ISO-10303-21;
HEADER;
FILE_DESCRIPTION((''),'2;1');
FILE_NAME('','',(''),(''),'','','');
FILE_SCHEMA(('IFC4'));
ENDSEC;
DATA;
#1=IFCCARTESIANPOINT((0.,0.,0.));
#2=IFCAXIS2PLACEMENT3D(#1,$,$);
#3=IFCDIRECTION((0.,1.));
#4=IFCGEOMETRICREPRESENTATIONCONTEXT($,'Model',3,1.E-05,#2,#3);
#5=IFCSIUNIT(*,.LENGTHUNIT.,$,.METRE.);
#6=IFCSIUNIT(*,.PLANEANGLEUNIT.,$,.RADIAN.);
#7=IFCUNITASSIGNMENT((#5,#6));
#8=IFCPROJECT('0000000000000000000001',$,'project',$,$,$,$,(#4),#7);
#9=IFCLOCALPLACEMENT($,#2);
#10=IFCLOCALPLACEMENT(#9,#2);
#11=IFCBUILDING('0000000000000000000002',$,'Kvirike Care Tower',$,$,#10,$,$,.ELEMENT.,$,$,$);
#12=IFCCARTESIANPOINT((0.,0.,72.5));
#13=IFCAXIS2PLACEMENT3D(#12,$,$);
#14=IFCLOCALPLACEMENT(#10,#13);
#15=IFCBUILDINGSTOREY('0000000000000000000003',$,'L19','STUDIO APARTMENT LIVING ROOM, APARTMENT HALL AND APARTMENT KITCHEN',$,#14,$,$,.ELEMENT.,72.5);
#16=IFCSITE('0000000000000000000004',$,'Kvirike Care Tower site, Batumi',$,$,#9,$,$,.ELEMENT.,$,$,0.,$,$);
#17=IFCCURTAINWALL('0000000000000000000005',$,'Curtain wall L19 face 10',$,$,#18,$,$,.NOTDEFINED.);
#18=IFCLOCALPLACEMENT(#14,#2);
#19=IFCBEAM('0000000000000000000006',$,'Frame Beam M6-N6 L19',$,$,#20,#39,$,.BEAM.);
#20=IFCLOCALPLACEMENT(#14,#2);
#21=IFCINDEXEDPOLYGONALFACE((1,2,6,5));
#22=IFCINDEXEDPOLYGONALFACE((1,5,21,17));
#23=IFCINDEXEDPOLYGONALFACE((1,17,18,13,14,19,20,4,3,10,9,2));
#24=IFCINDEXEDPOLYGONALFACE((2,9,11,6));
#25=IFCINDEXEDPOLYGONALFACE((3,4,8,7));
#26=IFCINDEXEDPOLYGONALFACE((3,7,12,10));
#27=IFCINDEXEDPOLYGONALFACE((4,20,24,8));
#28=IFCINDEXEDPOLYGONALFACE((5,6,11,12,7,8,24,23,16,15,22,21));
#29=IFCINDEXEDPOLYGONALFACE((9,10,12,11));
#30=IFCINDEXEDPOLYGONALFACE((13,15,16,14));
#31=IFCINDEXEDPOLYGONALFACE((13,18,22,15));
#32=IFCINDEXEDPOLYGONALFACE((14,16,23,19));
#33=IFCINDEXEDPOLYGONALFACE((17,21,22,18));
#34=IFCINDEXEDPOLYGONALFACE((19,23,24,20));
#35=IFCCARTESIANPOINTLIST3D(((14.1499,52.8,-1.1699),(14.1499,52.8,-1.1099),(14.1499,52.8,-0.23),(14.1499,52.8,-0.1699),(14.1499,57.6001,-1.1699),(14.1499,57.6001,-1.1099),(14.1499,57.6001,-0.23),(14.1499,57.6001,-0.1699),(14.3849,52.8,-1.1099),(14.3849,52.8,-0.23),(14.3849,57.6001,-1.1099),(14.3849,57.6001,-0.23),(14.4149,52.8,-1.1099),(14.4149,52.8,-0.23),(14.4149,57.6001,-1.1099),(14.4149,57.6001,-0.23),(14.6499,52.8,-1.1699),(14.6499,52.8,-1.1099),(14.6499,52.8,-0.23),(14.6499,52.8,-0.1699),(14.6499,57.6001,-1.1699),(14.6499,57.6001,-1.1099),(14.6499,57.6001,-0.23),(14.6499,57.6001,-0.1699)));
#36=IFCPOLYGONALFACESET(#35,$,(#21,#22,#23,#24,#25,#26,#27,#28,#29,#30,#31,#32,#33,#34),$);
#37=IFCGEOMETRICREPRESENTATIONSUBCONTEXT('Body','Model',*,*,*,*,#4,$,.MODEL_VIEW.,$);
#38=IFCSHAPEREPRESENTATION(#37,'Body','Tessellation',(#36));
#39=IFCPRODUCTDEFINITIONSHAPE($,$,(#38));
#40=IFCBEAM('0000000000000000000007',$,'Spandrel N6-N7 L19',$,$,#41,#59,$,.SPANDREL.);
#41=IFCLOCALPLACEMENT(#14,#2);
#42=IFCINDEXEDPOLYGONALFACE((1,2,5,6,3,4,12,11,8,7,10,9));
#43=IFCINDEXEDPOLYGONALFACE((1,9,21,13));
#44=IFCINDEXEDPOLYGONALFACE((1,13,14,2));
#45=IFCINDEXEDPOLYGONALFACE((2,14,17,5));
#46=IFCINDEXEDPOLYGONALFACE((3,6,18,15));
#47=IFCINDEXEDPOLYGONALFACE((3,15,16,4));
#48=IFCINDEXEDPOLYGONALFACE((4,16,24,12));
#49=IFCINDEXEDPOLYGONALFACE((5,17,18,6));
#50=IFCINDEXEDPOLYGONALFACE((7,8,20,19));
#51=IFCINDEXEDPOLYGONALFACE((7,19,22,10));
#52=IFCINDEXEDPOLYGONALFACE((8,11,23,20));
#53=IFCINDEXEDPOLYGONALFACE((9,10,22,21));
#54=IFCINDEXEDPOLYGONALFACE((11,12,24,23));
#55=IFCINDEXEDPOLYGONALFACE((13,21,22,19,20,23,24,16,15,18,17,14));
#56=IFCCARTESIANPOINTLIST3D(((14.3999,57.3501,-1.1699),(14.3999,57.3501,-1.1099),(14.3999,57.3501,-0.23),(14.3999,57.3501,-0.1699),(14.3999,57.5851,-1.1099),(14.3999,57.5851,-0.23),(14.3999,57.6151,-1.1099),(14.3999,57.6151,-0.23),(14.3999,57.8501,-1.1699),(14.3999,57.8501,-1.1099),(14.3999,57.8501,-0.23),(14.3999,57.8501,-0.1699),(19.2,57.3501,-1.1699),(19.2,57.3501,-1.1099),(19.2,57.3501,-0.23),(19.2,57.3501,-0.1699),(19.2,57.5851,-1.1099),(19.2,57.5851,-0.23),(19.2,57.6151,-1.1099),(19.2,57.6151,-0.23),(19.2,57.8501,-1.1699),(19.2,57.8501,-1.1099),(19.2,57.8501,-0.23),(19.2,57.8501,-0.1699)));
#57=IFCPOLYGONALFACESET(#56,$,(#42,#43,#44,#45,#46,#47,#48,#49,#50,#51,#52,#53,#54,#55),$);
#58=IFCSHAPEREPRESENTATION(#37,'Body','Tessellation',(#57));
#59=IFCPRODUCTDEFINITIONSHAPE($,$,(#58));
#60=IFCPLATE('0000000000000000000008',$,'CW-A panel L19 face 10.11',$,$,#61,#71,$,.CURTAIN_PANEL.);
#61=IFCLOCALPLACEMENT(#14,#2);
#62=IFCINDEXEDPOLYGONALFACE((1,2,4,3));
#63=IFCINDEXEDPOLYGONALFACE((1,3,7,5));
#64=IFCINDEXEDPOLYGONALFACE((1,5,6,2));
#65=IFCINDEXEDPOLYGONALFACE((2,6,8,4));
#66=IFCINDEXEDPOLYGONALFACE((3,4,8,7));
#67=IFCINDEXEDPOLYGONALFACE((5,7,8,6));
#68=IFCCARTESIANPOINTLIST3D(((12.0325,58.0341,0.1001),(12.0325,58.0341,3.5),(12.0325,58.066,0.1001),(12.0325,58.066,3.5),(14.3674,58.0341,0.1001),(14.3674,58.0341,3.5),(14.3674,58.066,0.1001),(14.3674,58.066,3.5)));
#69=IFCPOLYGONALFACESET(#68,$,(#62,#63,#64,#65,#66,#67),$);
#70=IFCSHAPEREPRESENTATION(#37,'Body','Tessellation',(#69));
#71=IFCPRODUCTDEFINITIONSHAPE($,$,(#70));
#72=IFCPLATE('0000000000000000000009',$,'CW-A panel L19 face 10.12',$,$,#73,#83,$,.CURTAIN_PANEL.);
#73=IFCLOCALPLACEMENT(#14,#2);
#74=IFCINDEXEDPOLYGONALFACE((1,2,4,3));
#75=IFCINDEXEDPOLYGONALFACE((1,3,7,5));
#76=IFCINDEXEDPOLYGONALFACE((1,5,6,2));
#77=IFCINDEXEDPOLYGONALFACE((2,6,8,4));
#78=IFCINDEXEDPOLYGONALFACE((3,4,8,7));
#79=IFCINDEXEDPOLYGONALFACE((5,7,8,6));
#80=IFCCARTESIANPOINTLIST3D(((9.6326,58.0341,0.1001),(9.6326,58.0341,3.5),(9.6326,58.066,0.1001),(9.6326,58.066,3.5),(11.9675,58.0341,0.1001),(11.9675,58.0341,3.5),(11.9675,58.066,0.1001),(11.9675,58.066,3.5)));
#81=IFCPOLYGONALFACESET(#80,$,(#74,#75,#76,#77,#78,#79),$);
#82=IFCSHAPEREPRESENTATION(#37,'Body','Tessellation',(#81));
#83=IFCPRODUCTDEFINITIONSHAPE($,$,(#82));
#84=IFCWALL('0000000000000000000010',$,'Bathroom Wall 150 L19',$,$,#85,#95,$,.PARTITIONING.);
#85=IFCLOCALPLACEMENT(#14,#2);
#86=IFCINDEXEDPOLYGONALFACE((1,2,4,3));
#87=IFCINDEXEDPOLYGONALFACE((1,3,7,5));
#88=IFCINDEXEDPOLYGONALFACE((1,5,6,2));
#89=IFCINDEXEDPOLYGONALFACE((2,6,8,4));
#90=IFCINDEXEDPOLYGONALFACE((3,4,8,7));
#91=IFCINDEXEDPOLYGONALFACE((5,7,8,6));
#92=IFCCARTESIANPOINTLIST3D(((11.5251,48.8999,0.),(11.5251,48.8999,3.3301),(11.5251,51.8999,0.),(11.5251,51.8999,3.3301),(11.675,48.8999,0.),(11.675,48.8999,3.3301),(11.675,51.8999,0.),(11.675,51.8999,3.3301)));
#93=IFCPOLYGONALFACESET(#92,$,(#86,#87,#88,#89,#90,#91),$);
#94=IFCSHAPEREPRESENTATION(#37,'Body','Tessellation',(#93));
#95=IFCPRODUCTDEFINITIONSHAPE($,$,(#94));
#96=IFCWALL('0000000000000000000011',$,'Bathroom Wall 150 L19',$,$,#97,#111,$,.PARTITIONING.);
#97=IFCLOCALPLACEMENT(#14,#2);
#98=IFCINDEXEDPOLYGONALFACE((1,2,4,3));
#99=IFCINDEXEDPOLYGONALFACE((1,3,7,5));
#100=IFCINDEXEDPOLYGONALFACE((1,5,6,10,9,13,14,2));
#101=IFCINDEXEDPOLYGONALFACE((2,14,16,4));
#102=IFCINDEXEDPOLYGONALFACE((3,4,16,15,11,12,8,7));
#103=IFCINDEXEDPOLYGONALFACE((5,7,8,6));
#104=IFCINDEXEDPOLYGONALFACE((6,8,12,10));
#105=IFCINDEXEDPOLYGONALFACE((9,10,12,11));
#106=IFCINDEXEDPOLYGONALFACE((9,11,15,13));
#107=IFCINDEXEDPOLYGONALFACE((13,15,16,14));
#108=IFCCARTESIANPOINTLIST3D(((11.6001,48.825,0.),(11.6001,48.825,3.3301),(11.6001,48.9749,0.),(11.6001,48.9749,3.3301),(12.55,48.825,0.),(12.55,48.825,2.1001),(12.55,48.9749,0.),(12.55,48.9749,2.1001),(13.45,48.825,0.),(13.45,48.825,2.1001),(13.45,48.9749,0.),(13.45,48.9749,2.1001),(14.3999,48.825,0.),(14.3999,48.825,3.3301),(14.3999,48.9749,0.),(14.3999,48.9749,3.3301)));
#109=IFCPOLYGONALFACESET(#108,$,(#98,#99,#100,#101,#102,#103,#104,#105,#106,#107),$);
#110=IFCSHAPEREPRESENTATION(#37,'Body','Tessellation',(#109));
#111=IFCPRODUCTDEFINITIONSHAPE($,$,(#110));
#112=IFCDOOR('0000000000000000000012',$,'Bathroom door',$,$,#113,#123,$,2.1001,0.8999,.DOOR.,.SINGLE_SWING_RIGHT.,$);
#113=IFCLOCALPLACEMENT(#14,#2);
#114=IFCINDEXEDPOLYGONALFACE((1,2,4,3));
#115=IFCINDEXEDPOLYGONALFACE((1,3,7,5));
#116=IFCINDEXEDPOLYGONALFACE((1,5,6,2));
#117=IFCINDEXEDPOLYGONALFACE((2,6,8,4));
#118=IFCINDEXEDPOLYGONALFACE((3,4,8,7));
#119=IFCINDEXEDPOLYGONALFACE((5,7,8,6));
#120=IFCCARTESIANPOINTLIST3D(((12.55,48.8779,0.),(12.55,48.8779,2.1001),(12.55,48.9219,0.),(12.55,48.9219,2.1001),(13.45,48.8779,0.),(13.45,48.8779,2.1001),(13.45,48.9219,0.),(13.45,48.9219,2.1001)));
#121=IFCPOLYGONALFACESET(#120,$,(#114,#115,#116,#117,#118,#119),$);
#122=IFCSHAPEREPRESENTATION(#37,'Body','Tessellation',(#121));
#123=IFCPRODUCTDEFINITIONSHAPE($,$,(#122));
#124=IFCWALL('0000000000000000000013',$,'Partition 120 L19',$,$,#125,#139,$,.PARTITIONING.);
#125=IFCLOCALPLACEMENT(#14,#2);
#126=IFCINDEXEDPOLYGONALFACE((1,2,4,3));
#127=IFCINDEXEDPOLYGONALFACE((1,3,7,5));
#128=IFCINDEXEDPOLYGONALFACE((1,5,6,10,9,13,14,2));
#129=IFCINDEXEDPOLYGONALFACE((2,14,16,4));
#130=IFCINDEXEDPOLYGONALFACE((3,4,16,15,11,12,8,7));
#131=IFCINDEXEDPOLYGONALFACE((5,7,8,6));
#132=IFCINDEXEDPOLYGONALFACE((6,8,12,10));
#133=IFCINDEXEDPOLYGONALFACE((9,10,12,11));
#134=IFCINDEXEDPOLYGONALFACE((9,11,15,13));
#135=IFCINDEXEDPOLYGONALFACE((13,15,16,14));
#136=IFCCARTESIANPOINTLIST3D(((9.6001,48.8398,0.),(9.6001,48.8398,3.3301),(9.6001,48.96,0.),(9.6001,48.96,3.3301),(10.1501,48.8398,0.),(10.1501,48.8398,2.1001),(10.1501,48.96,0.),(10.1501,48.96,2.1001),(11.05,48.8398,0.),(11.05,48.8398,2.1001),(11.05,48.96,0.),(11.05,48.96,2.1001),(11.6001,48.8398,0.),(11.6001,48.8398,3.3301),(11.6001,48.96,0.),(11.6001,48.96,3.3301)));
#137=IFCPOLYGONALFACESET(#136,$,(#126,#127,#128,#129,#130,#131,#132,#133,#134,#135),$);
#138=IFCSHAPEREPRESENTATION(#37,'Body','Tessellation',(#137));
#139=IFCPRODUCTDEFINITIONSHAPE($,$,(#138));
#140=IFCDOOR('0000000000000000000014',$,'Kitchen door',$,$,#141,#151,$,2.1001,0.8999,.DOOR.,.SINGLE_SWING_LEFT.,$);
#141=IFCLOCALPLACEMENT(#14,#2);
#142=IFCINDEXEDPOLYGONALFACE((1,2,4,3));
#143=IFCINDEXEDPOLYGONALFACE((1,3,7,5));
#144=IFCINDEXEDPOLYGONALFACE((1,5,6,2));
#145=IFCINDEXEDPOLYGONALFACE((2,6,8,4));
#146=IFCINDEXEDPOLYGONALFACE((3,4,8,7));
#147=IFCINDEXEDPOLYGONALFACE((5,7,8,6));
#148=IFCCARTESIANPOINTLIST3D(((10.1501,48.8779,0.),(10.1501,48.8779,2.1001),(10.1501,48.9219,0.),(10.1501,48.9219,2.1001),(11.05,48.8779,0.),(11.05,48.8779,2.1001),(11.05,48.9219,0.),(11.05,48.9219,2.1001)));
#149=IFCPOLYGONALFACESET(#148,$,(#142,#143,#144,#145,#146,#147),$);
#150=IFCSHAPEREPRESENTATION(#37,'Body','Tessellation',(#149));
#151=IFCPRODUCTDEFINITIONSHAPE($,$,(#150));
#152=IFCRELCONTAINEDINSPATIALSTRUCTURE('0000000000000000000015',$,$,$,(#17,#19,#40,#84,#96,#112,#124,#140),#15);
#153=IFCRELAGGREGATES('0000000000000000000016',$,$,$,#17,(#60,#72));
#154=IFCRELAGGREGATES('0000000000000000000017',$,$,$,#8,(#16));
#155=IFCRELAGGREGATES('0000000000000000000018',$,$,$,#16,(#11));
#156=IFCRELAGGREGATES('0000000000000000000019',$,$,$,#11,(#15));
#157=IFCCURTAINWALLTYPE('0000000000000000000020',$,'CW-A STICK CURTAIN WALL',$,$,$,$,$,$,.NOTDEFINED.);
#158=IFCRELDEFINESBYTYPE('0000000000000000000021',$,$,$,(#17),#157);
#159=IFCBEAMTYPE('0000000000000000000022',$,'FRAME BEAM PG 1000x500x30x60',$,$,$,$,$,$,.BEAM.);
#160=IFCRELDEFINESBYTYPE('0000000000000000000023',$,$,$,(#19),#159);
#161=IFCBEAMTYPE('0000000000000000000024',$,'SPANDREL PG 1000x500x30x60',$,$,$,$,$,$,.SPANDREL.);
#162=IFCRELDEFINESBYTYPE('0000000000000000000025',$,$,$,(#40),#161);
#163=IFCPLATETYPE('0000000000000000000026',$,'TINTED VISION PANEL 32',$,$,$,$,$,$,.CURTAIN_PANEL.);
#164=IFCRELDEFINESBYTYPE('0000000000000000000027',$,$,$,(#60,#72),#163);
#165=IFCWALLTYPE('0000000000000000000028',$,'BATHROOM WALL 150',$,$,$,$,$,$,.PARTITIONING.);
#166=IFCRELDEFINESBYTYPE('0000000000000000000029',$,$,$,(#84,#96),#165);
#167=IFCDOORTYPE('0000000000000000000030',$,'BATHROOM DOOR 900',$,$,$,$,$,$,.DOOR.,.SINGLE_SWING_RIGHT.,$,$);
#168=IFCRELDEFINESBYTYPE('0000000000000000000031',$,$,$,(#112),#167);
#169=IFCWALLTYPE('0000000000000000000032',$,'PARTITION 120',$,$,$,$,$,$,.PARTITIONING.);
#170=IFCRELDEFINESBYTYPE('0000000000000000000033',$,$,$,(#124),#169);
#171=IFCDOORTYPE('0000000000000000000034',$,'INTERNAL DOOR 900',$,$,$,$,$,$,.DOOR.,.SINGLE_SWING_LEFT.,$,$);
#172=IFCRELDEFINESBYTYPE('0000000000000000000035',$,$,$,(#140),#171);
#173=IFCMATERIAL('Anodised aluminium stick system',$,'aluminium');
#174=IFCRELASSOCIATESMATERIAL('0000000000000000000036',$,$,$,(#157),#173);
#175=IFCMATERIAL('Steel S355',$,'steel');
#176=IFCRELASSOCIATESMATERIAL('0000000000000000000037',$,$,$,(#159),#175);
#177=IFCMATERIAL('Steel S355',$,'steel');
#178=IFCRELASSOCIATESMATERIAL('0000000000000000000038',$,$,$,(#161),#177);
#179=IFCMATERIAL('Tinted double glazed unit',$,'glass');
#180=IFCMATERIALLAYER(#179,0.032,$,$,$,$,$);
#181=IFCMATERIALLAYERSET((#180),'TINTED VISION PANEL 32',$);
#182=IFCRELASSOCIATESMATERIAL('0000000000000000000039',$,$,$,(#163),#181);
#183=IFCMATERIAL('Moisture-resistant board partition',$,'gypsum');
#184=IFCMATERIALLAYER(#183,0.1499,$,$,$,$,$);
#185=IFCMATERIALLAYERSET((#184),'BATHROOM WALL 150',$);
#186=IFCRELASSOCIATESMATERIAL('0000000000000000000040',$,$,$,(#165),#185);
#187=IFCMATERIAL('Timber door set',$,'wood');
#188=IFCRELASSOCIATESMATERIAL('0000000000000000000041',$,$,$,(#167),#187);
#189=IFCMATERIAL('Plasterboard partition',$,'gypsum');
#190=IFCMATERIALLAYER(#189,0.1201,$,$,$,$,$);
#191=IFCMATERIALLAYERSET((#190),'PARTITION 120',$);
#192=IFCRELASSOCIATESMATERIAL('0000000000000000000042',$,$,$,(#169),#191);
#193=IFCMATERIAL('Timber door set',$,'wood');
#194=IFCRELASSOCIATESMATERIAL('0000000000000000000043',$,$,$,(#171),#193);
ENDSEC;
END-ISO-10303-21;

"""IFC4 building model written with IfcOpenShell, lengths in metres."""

from ifc_helpers import new_model, si_unit, direction, frame, frame_2d, origin, origin_2d, place, context, subcontext, project, spatial, rectangle, i_section, extrude, material, layer, layer_set, material_profile, profile_set, type_object, element, fill, aggregate, save


model = new_model("IFC4")

# Units and contexts
model_context = context("Model", 3, precision=1e-05, world=origin(), true_north=direction((0.0, 1.0)))
body_context = subcontext(model_context, "Body", "Model", "MODEL_VIEW")
ifc_project = project(units=[si_unit("LENGTHUNIT", "METRE"), si_unit("PLANEANGLEUNIT", "RADIAN")], contexts=[model_context])

# Site, building, storey
site_placement = place(None, origin())
site = spatial("IfcSite", under=ifc_project, at=site_placement, Name="Kvirike Care Tower site, Batumi", CompositionType="ELEMENT", RefElevation=0.0)
building_placement = place(site_placement, origin())
building = spatial("IfcBuilding", under=site, at=building_placement, Name="Kvirike Care Tower", CompositionType="ELEMENT")
storey_placement = place(building_placement, frame((0.0, 0.0, 72.5)))
storey = spatial("IfcBuildingStorey", under=building, at=storey_placement, Name="L19", Description="STUDIO APARTMENT LIVING ROOM, APARTMENT HALL AND APARTMENT KITCHEN", CompositionType="ELEMENT", Elevation=72.5)

# Curtain wall
ifc_material_1 = material(Name="Anodised aluminium stick system", Category="aluminium")
curtain_wall_type = type_object("IfcCurtainWallType", Name="CW-A STICK CURTAIN WALL", PredefinedType="NOTDEFINED", material=ifc_material_1)
curtain_wall_placement = place(storey_placement, origin())
curtain_wall = element("IfcCurtainWall", 1, at=curtain_wall_placement, inside=storey, type_object=curtain_wall_type, Name="Curtain wall L19 face 10", PredefinedType="NOTDEFINED")

# Beams
ifc_material_2 = material(Name="Steel S355", Category="steel")
ifc_material_profile_1 = material_profile(ifc_material_2, i_section(OverallWidth=0.5, OverallDepth=1.0, WebThickness=0.03, FlangeThickness=0.0601, at=origin_2d()), Name="PG 1000x500x30x60")
ifc_profile_set_1 = profile_set([ifc_material_profile_1], Name="Steel S355")
beam_type_1 = type_object("IfcBeamType", Name="FRAME BEAM PG 1000x500x30x60", PredefinedType="BEAM", material=ifc_profile_set_1)
beam_1_placement = place(storey_placement, frame((14.3999, 52.8, -0.6699), z_axis=(0.0, 1.0, 0.0), x_axis=(-1.0, 0.0, 0.0)))
element("IfcBeam", 2, at=beam_1_placement, inside=storey, type_object=beam_type_1, Name="Frame Beam M6-N6 L19", PredefinedType="BEAM", context=body_context, shape_type="SweptSolid", body=[
    extrude(i_section(OverallWidth=0.5, OverallDepth=1.0, WebThickness=0.03, FlangeThickness=0.0601, at=origin_2d()), origin(), (0.0, 0.0, 1.0), 4.8),
])
ifc_material_3 = material(Name="Steel S355", Category="steel")
ifc_material_profile_2 = material_profile(ifc_material_3, i_section(OverallWidth=0.5, OverallDepth=1.0, WebThickness=0.03, FlangeThickness=0.0601, at=origin_2d()), Name="PG 1000x500x30x60")
ifc_profile_set_2 = profile_set([ifc_material_profile_2], Name="Steel S355")
beam_type_2 = type_object("IfcBeamType", Name="SPANDREL PG 1000x500x30x60", PredefinedType="SPANDREL", material=ifc_profile_set_2)
beam_2_placement = place(storey_placement, frame((14.3999, 57.6001, -0.6699), z_axis=(1.0, 0.0, 0.0), x_axis=(0.0, 1.0, 0.0)))
element("IfcBeam", 3, at=beam_2_placement, inside=storey, type_object=beam_type_2, Name="Spandrel N6-N7 L19", PredefinedType="SPANDREL", context=body_context, shape_type="SweptSolid", body=[
    extrude(i_section(OverallWidth=0.5, OverallDepth=1.0, WebThickness=0.03, FlangeThickness=0.0601, at=origin_2d()), origin(), (0.0, 0.0, 1.0), 4.8),
])

# Plates
ifc_material_4 = material(Name="Tinted double glazed unit", Category="glass")
ifc_layer_1 = layer(ifc_material_4, 0.032)
ifc_layer_set_1 = layer_set([ifc_layer_1], Name="TINTED VISION PANEL 32")
plate_type = type_object("IfcPlateType", Name="TINTED VISION PANEL 32", PredefinedType="CURTAIN_PANEL", material=ifc_layer_set_1)
plate_1_placement = place(storey_placement, frame((13.2, 58.05, 0.1001), z_axis=(0.0, 0.0, 1.0), x_axis=(-1.0, 0.0, 0.0)))
plate_1 = element("IfcPlate", 4, at=plate_1_placement, type_object=plate_type, Name="CW-A panel L19 face 10.11", PredefinedType="CURTAIN_PANEL", context=body_context, shape_type="SweptSolid", body=[
    extrude(rectangle(XDim=2.335, YDim=0.032, at=origin_2d()), origin(), (0.0, 0.0, 1.0), 3.3999),
])
plate_2_placement = place(storey_placement, frame((10.8, 58.05, 0.1001), z_axis=(0.0, 0.0, 1.0), x_axis=(-1.0, 0.0, 0.0)))
plate_2 = element("IfcPlate", 5, at=plate_2_placement, type_object=plate_type, Name="CW-A panel L19 face 10.12", PredefinedType="CURTAIN_PANEL", context=body_context, shape_type="SweptSolid", body=[
    extrude(rectangle(XDim=2.335, YDim=0.032, at=origin_2d()), origin(), (0.0, 0.0, 1.0), 3.3999),
])
aggregate(curtain_wall, [plate_1, plate_2])

# Wall
ifc_material_5 = material(Name="Moisture-resistant board partition", Category="gypsum")
ifc_layer_2 = layer(ifc_material_5, 0.1499)
ifc_layer_set_2 = layer_set([ifc_layer_2], Name="BATHROOM WALL 150")
wall_type_1 = type_object("IfcWallType", Name="BATHROOM WALL 150", PredefinedType="PARTITIONING", material=ifc_layer_set_2)
wall_1_placement = place(storey_placement, frame((11.6001, 51.8999, 0.0), z_axis=(0.0, 0.0, 1.0), x_axis=(0.0, -1.0, 0.0)))
element("IfcWall", 6, at=wall_1_placement, inside=storey, type_object=wall_type_1, Name="Bathroom Wall 150 L19", PredefinedType="PARTITIONING", context=body_context, shape_type="SweptSolid", body=[
    extrude(rectangle(XDim=3.0, YDim=0.1499, at=frame_2d((1.5, 0.0))), origin(), (0.0, 0.0, 1.0), 3.3301),
])

# Walls, openings, doors
wall_2_placement = place(storey_placement, frame((14.3999, 48.8999, 0.0), z_axis=(0.0, 0.0, 1.0), x_axis=(-1.0, 0.0, 0.0)))
wall_2 = element("IfcWall", 7, at=wall_2_placement, inside=storey, type_object=wall_type_1, Name="Bathroom Wall 150 L19", PredefinedType="PARTITIONING", context=body_context, shape_type="SweptSolid", body=[
    extrude(rectangle(XDim=2.7998, YDim=0.1499, at=frame_2d((1.3999, 0.0))), origin(), (0.0, 0.0, 1.0), 3.3301),
])
opening_1_placement = place(wall_2_placement, frame((0.95, 0.0, 0.0)))
opening_1 = element("IfcOpeningElement", 8, at=opening_1_placement, cuts=wall_2, PredefinedType="OPENING", context=body_context, shape_type="SweptSolid", body=[
    extrude(rectangle(XDim=0.8999, YDim=2.1001, at=frame_2d((0.45, 1.05))), frame((0.0, 0.0854, 0.0), z_axis=(0.0, -1.0, 0.0), x_axis=(1.0, 0.0, 0.0)), (0.0, 0.0, 1.0), 0.1709),
])
ifc_material_6 = material(Name="Timber door set", Category="wood")
door_type_1 = type_object("IfcDoorType", Name="BATHROOM DOOR 900", OperationType="SINGLE_SWING_RIGHT", PredefinedType="DOOR", material=ifc_material_6)
door_1_placement = place(opening_1_placement, frame((0.8999, 0.0, 0.0), z_axis=(0.0, 0.0, 1.0), x_axis=(-1.0, 0.0, 0.0)))
door_1 = element("IfcDoor", 9, at=door_1_placement, inside=storey, type_object=door_type_1, Name="Bathroom door", OperationType="SINGLE_SWING_RIGHT", OverallHeight=2.1001, OverallWidth=0.8999, PredefinedType="DOOR", context=body_context, shape_type="SweptSolid", body=[
    extrude(rectangle(XDim=0.8999, YDim=2.1001, at=frame_2d((0.45, 1.05))), frame((0.0, 0.022, 0.0), z_axis=(0.0, -1.0, 0.0), x_axis=(1.0, 0.0, 0.0)), (0.0, 0.0, 1.0), 0.0439),
])
fill(opening_1, door_1)
ifc_material_7 = material(Name="Plasterboard partition", Category="gypsum")
ifc_layer_3 = layer(ifc_material_7, 0.1201)
ifc_layer_set_3 = layer_set([ifc_layer_3], Name="PARTITION 120")
wall_type_2 = type_object("IfcWallType", Name="PARTITION 120", PredefinedType="PARTITIONING", material=ifc_layer_set_3)
wall_3_placement = place(storey_placement, frame((11.6001, 48.8999, 0.0), z_axis=(0.0, 0.0, 1.0), x_axis=(-1.0, 0.0, 0.0)))
wall_3 = element("IfcWall", 10, at=wall_3_placement, inside=storey, type_object=wall_type_2, Name="Partition 120 L19", PredefinedType="PARTITIONING", context=body_context, shape_type="SweptSolid", body=[
    extrude(rectangle(XDim=2.0, YDim=0.1201, at=frame_2d((1.0, 0.0))), origin(), (0.0, 0.0, 1.0), 3.3301),
])
opening_2_placement = place(wall_3_placement, frame((0.55, 0.0, 0.0)))
opening_2 = element("IfcOpeningElement", 11, at=opening_2_placement, cuts=wall_3, PredefinedType="OPENING", context=body_context, shape_type="SweptSolid", body=[
    extrude(rectangle(XDim=0.8999, YDim=2.1001, at=frame_2d((0.45, 1.05))), frame((0.0, 0.0706, 0.0), z_axis=(0.0, -1.0, 0.0), x_axis=(1.0, 0.0, 0.0)), (0.0, 0.0, 1.0), 0.1411),
])
ifc_material_8 = material(Name="Timber door set", Category="wood")
door_type_2 = type_object("IfcDoorType", Name="INTERNAL DOOR 900", OperationType="SINGLE_SWING_LEFT", PredefinedType="DOOR", material=ifc_material_8)
door_2_placement = place(opening_2_placement, frame((0.8999, 0.0, 0.0), z_axis=(0.0, 0.0, 1.0), x_axis=(-1.0, 0.0, 0.0)))
door_2 = element("IfcDoor", 12, at=door_2_placement, inside=storey, type_object=door_type_2, Name="Kitchen door", OperationType="SINGLE_SWING_LEFT", OverallHeight=2.1001, OverallWidth=0.8999, PredefinedType="DOOR", context=body_context, shape_type="SweptSolid", body=[
    extrude(rectangle(XDim=0.8999, YDim=2.1001, at=frame_2d((0.45, 1.05))), frame((0.0, 0.022, 0.0), z_axis=(0.0, -1.0, 0.0), x_axis=(1.0, 0.0, 0.0)), (0.0, 0.0, 1.0), 0.0439),
])
fill(opening_2, door_2)

save(model, "model.ifc")
